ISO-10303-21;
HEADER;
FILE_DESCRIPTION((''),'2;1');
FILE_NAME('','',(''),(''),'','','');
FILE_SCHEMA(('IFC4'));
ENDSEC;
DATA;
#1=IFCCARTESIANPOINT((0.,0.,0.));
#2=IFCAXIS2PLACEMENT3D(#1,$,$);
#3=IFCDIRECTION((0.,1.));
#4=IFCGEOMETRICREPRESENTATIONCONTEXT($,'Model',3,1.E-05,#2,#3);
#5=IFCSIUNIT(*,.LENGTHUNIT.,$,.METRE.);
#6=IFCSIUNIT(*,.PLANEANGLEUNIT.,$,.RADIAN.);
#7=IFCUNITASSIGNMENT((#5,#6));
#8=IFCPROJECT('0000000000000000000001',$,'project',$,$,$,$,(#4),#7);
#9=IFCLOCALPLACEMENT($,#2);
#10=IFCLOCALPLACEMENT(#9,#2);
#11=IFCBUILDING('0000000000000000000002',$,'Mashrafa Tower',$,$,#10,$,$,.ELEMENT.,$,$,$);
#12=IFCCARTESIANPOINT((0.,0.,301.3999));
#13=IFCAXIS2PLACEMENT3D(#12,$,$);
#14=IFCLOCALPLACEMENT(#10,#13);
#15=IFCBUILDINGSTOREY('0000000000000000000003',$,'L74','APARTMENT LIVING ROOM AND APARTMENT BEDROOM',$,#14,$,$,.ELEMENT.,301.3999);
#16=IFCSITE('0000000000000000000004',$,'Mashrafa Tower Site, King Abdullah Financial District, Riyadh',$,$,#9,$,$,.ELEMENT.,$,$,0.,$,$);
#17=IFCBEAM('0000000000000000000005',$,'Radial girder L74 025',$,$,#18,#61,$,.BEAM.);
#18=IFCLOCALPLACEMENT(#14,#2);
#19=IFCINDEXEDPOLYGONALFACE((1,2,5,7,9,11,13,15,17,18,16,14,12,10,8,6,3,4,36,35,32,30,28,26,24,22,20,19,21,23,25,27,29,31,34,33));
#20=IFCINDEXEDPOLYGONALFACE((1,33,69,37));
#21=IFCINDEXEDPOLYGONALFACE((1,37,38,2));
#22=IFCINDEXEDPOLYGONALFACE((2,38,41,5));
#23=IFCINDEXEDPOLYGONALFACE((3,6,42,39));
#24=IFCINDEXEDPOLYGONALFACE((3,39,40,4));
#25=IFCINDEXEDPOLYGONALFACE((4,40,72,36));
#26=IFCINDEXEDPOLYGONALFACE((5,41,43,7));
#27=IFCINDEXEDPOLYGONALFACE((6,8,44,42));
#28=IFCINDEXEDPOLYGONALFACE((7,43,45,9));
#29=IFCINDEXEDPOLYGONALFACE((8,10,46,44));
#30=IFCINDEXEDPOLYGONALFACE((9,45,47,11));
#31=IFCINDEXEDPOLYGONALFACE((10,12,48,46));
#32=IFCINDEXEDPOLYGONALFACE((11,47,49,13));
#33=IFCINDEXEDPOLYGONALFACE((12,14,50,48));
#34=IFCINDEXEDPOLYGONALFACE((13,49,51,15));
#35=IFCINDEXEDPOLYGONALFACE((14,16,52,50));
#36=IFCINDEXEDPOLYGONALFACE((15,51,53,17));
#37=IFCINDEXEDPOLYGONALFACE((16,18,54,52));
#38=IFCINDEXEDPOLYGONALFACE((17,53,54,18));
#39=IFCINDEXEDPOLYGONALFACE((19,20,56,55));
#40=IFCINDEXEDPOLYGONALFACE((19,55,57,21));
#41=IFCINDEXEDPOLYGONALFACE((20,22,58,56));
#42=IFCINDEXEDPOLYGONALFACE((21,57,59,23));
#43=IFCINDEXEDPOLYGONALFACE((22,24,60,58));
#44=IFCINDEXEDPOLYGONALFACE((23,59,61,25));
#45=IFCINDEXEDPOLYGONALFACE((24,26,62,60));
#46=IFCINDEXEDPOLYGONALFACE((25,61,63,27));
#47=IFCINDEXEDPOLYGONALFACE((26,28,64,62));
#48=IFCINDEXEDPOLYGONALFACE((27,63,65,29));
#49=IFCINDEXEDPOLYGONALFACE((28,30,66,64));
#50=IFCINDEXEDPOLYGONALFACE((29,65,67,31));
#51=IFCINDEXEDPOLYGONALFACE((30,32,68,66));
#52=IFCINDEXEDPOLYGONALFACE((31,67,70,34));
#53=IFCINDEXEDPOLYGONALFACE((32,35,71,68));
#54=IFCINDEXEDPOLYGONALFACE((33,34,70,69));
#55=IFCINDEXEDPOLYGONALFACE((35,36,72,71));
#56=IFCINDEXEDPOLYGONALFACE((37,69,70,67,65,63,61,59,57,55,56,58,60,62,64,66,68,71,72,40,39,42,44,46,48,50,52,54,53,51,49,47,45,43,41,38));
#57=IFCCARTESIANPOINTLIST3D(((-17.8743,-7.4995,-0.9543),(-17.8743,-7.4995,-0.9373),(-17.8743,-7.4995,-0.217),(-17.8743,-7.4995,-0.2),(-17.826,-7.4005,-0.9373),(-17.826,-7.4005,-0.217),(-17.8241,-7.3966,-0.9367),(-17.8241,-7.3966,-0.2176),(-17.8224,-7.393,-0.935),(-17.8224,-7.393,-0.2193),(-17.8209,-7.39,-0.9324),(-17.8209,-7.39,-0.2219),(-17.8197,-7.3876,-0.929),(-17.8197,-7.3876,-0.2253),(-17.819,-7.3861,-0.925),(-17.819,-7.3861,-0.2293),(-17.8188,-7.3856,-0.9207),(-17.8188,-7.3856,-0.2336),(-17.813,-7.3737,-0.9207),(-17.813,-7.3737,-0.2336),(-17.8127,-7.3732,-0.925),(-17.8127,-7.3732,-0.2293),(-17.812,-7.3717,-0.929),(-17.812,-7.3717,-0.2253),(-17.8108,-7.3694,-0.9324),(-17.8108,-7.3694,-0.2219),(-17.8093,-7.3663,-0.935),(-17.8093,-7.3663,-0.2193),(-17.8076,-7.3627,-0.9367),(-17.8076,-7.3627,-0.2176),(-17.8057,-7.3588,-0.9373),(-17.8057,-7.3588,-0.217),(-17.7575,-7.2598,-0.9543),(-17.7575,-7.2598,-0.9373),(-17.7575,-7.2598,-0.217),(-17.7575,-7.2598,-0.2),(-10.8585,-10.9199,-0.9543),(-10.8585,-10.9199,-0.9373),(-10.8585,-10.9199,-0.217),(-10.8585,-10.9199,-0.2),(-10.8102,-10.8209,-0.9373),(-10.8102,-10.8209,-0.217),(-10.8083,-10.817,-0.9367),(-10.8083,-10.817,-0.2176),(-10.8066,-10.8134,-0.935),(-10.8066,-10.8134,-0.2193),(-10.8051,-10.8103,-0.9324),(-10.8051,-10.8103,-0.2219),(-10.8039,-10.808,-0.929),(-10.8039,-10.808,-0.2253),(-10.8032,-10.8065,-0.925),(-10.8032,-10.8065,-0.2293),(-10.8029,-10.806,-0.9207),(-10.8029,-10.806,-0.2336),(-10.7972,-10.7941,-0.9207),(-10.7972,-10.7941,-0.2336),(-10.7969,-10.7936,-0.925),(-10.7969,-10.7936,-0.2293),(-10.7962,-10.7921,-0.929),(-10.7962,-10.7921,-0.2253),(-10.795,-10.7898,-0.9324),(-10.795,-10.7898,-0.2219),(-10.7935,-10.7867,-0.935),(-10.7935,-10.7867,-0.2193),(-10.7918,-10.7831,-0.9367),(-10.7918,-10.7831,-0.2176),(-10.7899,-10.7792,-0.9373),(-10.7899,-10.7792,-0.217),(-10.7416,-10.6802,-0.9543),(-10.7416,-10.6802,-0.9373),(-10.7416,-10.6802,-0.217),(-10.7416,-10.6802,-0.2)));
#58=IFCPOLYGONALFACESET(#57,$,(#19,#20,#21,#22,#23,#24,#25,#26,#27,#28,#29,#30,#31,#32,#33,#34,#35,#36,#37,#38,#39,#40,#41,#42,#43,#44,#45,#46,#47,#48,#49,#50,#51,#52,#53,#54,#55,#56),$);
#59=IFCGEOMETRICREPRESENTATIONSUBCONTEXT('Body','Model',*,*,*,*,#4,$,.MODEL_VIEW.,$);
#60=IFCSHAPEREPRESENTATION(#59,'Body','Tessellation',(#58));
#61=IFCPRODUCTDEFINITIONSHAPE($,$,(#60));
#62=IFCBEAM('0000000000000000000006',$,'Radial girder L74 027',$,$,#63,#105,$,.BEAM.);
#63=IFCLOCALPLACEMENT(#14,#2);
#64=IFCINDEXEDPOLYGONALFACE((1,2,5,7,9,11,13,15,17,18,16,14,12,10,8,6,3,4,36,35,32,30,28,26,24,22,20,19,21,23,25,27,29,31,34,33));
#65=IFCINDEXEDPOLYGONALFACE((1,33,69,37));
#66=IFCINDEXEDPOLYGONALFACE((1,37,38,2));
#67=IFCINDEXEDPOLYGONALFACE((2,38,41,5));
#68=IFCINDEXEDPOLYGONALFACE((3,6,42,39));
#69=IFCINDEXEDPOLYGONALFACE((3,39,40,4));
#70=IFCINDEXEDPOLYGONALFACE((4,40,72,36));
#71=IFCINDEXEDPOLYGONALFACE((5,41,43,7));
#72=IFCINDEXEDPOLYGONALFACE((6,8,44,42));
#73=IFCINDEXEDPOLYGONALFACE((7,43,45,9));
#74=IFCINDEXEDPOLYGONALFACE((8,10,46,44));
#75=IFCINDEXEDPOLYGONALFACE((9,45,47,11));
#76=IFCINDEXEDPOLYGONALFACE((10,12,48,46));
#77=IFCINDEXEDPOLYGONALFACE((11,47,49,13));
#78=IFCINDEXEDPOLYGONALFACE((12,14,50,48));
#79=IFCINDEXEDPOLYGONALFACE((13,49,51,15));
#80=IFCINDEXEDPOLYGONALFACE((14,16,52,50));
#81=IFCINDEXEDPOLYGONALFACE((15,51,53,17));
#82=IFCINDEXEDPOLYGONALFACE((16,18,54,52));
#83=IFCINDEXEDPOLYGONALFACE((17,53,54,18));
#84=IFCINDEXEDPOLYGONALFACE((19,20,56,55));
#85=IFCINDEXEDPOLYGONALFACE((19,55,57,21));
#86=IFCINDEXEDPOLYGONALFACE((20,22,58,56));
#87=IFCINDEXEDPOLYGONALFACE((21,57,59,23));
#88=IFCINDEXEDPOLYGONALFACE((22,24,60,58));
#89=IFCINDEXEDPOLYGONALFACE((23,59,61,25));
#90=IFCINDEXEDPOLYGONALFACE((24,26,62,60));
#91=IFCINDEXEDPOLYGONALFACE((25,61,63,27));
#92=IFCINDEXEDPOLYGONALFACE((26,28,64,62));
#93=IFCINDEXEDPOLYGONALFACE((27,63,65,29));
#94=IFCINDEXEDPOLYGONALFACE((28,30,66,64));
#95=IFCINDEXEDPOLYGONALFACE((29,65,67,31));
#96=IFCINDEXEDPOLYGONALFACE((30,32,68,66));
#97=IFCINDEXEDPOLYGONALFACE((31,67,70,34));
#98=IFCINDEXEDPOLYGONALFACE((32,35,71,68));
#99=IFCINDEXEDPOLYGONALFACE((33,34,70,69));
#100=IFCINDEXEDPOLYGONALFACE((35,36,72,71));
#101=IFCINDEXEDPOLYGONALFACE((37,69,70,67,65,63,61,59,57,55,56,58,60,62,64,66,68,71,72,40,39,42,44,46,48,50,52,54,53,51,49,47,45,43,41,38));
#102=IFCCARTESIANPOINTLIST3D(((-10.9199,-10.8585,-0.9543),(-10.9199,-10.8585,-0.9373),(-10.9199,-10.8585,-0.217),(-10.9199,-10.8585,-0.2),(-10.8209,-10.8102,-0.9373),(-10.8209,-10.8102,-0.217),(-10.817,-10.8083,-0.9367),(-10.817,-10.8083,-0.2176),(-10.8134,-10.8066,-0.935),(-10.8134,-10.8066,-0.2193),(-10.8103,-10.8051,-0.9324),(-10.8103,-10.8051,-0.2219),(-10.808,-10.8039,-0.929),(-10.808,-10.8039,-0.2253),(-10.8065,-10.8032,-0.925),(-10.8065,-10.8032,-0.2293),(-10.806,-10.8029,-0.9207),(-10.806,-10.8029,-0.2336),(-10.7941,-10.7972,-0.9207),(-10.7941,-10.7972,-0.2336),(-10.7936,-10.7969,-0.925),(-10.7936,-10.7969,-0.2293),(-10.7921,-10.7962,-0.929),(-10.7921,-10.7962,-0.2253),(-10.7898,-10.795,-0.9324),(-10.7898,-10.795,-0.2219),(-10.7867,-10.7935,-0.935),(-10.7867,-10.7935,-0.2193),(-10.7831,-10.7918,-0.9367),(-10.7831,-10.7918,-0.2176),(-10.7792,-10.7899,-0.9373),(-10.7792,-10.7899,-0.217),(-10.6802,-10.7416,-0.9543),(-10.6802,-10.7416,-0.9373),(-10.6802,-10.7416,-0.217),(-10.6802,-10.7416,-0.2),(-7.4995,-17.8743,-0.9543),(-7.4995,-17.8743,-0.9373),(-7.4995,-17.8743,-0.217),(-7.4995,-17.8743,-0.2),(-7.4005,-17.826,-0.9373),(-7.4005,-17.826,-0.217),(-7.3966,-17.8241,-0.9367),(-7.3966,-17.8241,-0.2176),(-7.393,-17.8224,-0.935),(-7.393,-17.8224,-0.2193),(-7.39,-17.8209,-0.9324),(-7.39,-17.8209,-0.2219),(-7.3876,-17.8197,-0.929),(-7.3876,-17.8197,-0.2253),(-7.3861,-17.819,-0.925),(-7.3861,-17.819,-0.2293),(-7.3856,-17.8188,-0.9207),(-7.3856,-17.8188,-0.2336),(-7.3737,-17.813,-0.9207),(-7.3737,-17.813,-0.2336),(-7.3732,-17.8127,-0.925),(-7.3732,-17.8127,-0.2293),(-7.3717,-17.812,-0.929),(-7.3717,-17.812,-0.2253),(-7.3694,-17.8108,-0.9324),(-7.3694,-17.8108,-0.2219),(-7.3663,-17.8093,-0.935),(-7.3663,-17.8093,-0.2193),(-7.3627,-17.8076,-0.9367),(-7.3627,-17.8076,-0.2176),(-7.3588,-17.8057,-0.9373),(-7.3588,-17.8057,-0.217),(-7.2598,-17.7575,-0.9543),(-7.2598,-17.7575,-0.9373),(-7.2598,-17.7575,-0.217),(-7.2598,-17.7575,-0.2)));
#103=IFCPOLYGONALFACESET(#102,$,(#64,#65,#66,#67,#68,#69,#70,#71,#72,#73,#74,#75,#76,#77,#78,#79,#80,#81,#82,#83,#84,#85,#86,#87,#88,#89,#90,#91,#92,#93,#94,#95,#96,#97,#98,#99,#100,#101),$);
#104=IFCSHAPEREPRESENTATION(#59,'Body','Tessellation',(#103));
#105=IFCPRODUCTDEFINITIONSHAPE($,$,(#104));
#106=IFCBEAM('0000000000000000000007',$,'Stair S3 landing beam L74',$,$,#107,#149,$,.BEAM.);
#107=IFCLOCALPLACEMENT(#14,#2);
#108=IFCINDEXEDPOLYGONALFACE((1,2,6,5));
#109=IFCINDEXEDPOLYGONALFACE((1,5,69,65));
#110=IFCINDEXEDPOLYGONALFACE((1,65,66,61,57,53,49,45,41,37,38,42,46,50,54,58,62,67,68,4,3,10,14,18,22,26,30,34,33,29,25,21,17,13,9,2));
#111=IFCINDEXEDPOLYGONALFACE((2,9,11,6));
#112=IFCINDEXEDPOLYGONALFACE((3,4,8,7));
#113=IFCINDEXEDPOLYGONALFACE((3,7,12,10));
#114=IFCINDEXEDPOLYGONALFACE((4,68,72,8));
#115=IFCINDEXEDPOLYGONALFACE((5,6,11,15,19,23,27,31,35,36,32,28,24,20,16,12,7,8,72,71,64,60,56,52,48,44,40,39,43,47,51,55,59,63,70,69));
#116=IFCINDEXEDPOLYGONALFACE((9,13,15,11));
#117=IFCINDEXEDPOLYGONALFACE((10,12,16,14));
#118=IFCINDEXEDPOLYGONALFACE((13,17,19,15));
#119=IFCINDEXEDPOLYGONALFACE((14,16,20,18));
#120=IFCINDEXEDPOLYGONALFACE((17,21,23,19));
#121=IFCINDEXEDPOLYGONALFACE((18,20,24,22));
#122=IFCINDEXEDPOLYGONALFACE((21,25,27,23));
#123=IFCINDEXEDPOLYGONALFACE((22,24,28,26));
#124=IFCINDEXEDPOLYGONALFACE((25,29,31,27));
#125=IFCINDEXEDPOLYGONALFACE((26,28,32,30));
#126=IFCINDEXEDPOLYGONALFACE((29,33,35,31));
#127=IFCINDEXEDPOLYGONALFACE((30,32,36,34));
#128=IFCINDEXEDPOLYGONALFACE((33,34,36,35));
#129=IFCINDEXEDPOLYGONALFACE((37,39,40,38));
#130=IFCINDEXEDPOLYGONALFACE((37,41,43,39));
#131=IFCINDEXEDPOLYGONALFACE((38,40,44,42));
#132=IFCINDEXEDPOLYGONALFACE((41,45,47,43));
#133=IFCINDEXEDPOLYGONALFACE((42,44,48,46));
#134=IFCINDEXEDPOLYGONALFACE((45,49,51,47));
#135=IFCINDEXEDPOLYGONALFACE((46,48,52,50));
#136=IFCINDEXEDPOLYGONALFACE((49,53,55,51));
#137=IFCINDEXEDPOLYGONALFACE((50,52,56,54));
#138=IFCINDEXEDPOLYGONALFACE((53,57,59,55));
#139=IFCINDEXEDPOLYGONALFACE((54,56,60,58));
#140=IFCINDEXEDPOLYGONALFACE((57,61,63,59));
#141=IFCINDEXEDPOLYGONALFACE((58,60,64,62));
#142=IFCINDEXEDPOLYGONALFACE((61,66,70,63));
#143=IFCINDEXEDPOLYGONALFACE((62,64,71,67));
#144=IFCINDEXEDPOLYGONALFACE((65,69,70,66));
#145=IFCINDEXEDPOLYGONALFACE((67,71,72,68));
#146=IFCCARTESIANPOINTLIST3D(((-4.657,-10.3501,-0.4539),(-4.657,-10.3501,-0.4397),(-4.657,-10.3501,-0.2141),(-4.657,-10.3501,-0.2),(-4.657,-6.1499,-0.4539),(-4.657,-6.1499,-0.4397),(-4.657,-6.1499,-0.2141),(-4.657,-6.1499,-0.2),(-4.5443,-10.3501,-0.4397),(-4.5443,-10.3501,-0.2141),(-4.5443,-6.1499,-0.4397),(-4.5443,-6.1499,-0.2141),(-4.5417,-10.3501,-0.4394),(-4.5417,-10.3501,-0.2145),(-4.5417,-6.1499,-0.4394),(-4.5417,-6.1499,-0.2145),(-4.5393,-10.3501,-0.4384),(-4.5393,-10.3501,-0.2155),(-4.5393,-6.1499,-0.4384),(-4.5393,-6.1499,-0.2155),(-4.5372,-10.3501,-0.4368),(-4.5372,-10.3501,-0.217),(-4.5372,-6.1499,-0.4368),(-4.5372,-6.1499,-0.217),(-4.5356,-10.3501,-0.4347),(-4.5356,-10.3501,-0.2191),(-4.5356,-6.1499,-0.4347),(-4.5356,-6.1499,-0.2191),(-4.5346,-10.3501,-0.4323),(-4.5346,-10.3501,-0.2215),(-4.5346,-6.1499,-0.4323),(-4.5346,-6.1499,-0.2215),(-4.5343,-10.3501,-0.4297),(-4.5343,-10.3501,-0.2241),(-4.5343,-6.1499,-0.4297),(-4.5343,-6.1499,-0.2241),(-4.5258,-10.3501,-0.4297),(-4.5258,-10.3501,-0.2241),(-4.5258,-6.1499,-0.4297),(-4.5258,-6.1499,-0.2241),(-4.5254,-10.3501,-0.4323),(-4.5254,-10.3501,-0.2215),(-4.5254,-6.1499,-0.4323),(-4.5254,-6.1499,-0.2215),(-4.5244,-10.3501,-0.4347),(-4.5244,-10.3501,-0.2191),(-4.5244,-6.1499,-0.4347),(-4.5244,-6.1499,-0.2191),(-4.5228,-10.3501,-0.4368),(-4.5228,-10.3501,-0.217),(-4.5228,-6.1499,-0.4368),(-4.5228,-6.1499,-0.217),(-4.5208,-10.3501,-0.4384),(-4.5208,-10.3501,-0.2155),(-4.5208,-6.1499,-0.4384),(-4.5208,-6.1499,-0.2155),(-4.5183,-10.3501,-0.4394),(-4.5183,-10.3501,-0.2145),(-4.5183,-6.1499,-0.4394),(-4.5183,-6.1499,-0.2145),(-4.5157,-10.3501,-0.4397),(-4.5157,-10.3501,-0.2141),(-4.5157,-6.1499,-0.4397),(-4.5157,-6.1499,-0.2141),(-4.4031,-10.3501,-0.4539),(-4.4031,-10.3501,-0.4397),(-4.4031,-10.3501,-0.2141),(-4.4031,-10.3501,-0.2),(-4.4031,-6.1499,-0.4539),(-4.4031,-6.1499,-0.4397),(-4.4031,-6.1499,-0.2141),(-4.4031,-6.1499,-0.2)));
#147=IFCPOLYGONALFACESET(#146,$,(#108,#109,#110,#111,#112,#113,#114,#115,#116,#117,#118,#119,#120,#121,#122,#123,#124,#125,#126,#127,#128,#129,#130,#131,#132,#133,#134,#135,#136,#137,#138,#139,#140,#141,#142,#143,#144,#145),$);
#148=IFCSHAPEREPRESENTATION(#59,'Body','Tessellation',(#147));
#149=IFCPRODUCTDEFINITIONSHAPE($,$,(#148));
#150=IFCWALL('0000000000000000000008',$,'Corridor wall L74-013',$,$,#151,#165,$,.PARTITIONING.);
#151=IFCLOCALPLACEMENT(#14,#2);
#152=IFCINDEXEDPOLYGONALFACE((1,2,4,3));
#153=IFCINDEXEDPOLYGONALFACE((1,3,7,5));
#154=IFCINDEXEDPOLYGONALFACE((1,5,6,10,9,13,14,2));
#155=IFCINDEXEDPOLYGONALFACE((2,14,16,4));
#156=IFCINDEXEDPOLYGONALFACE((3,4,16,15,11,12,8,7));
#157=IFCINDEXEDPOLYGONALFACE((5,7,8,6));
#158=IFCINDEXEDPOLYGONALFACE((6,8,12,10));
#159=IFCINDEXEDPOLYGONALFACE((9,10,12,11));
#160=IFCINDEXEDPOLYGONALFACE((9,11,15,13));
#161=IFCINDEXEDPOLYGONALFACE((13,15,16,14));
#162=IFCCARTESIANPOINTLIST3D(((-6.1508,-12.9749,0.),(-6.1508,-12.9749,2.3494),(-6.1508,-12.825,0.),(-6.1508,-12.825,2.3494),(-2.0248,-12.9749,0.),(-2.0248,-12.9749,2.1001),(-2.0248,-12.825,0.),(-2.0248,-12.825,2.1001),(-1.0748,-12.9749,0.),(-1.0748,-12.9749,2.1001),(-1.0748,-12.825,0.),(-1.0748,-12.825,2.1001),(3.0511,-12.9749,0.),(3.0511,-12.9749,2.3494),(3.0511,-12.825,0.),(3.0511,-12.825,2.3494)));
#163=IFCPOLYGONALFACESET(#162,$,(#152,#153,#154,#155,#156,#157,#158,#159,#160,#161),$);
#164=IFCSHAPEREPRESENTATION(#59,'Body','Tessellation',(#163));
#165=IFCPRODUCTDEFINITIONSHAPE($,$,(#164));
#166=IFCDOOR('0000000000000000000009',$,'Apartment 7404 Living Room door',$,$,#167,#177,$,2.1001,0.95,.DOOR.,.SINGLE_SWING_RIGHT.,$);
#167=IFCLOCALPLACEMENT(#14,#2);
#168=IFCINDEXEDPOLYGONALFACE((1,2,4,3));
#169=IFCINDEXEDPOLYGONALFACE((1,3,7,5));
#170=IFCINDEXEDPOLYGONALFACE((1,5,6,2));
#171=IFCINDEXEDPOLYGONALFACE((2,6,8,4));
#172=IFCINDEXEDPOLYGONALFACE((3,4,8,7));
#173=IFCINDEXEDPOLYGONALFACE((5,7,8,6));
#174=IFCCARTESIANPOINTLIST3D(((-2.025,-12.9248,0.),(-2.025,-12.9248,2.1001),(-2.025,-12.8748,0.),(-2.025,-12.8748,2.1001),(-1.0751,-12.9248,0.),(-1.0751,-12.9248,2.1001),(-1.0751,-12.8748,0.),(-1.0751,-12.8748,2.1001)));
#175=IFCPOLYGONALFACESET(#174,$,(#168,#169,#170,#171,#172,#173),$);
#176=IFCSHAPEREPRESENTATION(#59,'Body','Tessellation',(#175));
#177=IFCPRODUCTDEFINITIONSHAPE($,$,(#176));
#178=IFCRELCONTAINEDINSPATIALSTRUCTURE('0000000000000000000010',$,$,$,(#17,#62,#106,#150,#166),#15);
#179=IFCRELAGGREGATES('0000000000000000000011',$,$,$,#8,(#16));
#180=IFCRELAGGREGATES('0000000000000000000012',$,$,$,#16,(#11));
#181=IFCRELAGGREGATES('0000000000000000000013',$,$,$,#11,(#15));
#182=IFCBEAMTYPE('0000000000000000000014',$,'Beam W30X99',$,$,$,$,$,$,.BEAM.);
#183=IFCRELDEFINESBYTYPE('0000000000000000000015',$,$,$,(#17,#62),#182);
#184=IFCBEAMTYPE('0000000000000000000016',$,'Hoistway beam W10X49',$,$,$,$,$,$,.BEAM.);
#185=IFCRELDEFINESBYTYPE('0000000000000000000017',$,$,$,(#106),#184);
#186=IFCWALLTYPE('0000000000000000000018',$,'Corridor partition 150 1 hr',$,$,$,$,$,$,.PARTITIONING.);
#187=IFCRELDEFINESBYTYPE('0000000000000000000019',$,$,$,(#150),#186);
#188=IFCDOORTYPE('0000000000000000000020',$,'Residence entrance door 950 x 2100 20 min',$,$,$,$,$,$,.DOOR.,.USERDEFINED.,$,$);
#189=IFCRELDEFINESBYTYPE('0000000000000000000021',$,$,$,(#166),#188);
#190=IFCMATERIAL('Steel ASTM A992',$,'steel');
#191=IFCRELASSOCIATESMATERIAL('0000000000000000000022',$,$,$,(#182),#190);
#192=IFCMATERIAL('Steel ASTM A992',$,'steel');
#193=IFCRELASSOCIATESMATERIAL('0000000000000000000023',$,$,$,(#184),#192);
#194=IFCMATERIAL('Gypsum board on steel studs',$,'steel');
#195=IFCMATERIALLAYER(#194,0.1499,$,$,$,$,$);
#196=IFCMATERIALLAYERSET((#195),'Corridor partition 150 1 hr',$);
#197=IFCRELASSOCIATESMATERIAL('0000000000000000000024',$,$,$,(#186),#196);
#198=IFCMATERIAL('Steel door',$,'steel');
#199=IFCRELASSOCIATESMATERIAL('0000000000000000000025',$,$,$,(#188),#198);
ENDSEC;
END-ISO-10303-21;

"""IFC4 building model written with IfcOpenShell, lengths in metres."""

from ifc_helpers import new_model, si_unit, direction, frame, frame_2d, origin, origin_2d, place, context, subcontext, project, spatial, rectangle, i_section, extrude, material, layer, layer_set, material_profile, profile_set, type_object, element, fill, save


model = new_model("IFC4")

# Units and contexts
model_context = context("Model", 3, precision=1e-05, world=origin(), true_north=direction((0.0, 1.0)))
body_context = subcontext(model_context, "Body", "Model", "MODEL_VIEW")
ifc_project = project(units=[si_unit("LENGTHUNIT", "METRE"), si_unit("PLANEANGLEUNIT", "RADIAN")], contexts=[model_context])

# Site, building, storey
site_placement = place(None, origin())
site = spatial("IfcSite", under=ifc_project, at=site_placement, Name="Mashrafa Tower Site, King Abdullah Financial District, Riyadh", CompositionType="ELEMENT", RefElevation=0.0)
building_placement = place(site_placement, origin())
building = spatial("IfcBuilding", under=site, at=building_placement, Name="Mashrafa Tower", CompositionType="ELEMENT")
storey_placement = place(building_placement, frame((0.0, 0.0, 301.3999)))
storey = spatial("IfcBuildingStorey", under=building, at=storey_placement, Name="L74", Description="APARTMENT LIVING ROOM AND APARTMENT BEDROOM", CompositionType="ELEMENT", Elevation=301.3999)

# Beams
ifc_material_1 = material(Name="Steel ASTM A992", Category="steel")
ifc_material_profile_1 = material_profile(ifc_material_1, i_section(OverallWidth=0.2666, OverallDepth=0.7544, WebThickness=0.0132, FlangeThickness=0.0171, FilletRadius=0.0166, at=origin_2d()), Name="W30X99")
ifc_profile_set_1 = profile_set([ifc_material_profile_1], Name="Steel ASTM A992")
beam_type_1 = type_object("IfcBeamType", Name="Beam W30X99", PredefinedType="BEAM", material=ifc_profile_set_1)
for number, where, z_axis, x_axis, name in (
    (1, (-10.8, -10.8, -0.5771), (-0.898868, 0.43822, 0.0), (-0.43822, -0.898868, 0.0), "Radial girder L74 025"),
    (2, (-10.8, -10.8, -0.5771), (0.43822, -0.898868, 0.0), (0.898868, 0.43822, 0.0), "Radial girder L74 027"),
):
    element("IfcBeam", number, at=place(storey_placement, frame(where, z_axis=z_axis, x_axis=x_axis)), inside=storey, type_object=beam_type_1, Name=name, PredefinedType="BEAM", context=body_context, shape_type="SweptSolid", body=[
        extrude(i_section(OverallWidth=0.2666, OverallDepth=0.7544, WebThickness=0.0132, FlangeThickness=0.0171, FilletRadius=0.0166, at=origin_2d()), origin(), (0.0, 0.0, 1.0), 7.8052),
    ])
ifc_material_2 = material(Name="Steel ASTM A992", Category="steel")
ifc_material_profile_2 = material_profile(ifc_material_2, i_section(OverallWidth=0.2539, OverallDepth=0.2539, WebThickness=0.0085, FlangeThickness=0.0142, FilletRadius=0.01, at=origin_2d()), Name="W10X49")
ifc_profile_set_2 = profile_set([ifc_material_profile_2], Name="Steel ASTM A992")
beam_type_2 = type_object("IfcBeamType", Name="Hoistway beam W10X49", PredefinedType="BEAM", material=ifc_profile_set_2)
beam_1_placement = place(storey_placement, frame((-4.53, -10.3501, -0.3269), z_axis=(0.0, 1.0, 0.0), x_axis=(-1.0, 0.0, 0.0)))
element("IfcBeam", 3, at=beam_1_placement, inside=storey, type_object=beam_type_2, Name="Stair S3 landing beam L74", PredefinedType="BEAM", context=body_context, shape_type="SweptSolid", body=[
    extrude(i_section(OverallWidth=0.2539, OverallDepth=0.2539, WebThickness=0.0085, FlangeThickness=0.0142, FilletRadius=0.01, at=origin_2d()), origin(), (0.0, 0.0, 1.0), 4.2002),
])

# Wall, opening, door
ifc_material_3 = material(Name="Gypsum board on steel studs", Category="steel")
ifc_layer_1 = layer(ifc_material_3, 0.1499)
ifc_layer_set_1 = layer_set([ifc_layer_1], Name="Corridor partition 150 1 hr")
wall_type_1 = type_object("IfcWallType", Name="Corridor partition 150 1 hr", PredefinedType="PARTITIONING", material=ifc_layer_set_1)
wall_1_placement = place(storey_placement, frame((-6.1509, -12.8999, 0.0), z_axis=(0.0, 0.0, 1.0), x_axis=(1.0, 0.0, 0.0)))
wall_1 = element("IfcWall", 4, at=wall_1_placement, inside=storey, type_object=wall_type_1, Name="Corridor wall L74-013", PredefinedType="PARTITIONING", context=body_context, shape_type="SweptSolid", body=[
    extrude(rectangle(XDim=9.2019, YDim=0.1499, at=frame_2d((4.6011, 0.0))), origin(), (0.0, 0.0, 1.0), 2.3494),
])
opening_1_placement = place(wall_1_placement, frame((4.126, 0.0, 0.0)))
opening_1 = element("IfcOpeningElement", 5, at=opening_1_placement, cuts=wall_1, PredefinedType="OPENING", context=body_context, shape_type="SweptSolid", body=[
    extrude(rectangle(XDim=0.95, YDim=2.1001, at=frame_2d((0.4751, 1.05))), frame((0.0, 0.085, 0.0), z_axis=(0.0, -1.0, 0.0), x_axis=(1.0, 0.0, 0.0)), (0.0, 0.0, 1.0), 0.1699),
])
ifc_material_4 = material(Name="Steel door", Category="steel")
door_type_1 = type_object("IfcDoorType", Name="Residence entrance door 950 x 2100 20 min", OperationType="USERDEFINED", PredefinedType="DOOR", material=ifc_material_4)
door_1_placement = place(opening_1_placement, frame((0.95, 0.0, 0.0), z_axis=(0.0, 0.0, 1.0), x_axis=(-1.0, 0.0, 0.0)))
door_1 = element("IfcDoor", 6, at=door_1_placement, inside=storey, type_object=door_type_1, Name="Apartment 7404 Living Room door", OperationType="SINGLE_SWING_RIGHT", OverallHeight=2.1001, OverallWidth=0.95, PredefinedType="DOOR", context=body_context, shape_type="SweptSolid", body=[
    extrude(rectangle(XDim=0.95, YDim=2.1001, at=frame_2d((0.4751, 1.05))), frame((0.0, 0.0249, 0.0), z_axis=(0.0, -1.0, 0.0), x_axis=(1.0, 0.0, 0.0)), (0.0, 0.0, 1.0), 0.05),
])
fill(opening_1, door_1)

save(model, "model.ifc")
